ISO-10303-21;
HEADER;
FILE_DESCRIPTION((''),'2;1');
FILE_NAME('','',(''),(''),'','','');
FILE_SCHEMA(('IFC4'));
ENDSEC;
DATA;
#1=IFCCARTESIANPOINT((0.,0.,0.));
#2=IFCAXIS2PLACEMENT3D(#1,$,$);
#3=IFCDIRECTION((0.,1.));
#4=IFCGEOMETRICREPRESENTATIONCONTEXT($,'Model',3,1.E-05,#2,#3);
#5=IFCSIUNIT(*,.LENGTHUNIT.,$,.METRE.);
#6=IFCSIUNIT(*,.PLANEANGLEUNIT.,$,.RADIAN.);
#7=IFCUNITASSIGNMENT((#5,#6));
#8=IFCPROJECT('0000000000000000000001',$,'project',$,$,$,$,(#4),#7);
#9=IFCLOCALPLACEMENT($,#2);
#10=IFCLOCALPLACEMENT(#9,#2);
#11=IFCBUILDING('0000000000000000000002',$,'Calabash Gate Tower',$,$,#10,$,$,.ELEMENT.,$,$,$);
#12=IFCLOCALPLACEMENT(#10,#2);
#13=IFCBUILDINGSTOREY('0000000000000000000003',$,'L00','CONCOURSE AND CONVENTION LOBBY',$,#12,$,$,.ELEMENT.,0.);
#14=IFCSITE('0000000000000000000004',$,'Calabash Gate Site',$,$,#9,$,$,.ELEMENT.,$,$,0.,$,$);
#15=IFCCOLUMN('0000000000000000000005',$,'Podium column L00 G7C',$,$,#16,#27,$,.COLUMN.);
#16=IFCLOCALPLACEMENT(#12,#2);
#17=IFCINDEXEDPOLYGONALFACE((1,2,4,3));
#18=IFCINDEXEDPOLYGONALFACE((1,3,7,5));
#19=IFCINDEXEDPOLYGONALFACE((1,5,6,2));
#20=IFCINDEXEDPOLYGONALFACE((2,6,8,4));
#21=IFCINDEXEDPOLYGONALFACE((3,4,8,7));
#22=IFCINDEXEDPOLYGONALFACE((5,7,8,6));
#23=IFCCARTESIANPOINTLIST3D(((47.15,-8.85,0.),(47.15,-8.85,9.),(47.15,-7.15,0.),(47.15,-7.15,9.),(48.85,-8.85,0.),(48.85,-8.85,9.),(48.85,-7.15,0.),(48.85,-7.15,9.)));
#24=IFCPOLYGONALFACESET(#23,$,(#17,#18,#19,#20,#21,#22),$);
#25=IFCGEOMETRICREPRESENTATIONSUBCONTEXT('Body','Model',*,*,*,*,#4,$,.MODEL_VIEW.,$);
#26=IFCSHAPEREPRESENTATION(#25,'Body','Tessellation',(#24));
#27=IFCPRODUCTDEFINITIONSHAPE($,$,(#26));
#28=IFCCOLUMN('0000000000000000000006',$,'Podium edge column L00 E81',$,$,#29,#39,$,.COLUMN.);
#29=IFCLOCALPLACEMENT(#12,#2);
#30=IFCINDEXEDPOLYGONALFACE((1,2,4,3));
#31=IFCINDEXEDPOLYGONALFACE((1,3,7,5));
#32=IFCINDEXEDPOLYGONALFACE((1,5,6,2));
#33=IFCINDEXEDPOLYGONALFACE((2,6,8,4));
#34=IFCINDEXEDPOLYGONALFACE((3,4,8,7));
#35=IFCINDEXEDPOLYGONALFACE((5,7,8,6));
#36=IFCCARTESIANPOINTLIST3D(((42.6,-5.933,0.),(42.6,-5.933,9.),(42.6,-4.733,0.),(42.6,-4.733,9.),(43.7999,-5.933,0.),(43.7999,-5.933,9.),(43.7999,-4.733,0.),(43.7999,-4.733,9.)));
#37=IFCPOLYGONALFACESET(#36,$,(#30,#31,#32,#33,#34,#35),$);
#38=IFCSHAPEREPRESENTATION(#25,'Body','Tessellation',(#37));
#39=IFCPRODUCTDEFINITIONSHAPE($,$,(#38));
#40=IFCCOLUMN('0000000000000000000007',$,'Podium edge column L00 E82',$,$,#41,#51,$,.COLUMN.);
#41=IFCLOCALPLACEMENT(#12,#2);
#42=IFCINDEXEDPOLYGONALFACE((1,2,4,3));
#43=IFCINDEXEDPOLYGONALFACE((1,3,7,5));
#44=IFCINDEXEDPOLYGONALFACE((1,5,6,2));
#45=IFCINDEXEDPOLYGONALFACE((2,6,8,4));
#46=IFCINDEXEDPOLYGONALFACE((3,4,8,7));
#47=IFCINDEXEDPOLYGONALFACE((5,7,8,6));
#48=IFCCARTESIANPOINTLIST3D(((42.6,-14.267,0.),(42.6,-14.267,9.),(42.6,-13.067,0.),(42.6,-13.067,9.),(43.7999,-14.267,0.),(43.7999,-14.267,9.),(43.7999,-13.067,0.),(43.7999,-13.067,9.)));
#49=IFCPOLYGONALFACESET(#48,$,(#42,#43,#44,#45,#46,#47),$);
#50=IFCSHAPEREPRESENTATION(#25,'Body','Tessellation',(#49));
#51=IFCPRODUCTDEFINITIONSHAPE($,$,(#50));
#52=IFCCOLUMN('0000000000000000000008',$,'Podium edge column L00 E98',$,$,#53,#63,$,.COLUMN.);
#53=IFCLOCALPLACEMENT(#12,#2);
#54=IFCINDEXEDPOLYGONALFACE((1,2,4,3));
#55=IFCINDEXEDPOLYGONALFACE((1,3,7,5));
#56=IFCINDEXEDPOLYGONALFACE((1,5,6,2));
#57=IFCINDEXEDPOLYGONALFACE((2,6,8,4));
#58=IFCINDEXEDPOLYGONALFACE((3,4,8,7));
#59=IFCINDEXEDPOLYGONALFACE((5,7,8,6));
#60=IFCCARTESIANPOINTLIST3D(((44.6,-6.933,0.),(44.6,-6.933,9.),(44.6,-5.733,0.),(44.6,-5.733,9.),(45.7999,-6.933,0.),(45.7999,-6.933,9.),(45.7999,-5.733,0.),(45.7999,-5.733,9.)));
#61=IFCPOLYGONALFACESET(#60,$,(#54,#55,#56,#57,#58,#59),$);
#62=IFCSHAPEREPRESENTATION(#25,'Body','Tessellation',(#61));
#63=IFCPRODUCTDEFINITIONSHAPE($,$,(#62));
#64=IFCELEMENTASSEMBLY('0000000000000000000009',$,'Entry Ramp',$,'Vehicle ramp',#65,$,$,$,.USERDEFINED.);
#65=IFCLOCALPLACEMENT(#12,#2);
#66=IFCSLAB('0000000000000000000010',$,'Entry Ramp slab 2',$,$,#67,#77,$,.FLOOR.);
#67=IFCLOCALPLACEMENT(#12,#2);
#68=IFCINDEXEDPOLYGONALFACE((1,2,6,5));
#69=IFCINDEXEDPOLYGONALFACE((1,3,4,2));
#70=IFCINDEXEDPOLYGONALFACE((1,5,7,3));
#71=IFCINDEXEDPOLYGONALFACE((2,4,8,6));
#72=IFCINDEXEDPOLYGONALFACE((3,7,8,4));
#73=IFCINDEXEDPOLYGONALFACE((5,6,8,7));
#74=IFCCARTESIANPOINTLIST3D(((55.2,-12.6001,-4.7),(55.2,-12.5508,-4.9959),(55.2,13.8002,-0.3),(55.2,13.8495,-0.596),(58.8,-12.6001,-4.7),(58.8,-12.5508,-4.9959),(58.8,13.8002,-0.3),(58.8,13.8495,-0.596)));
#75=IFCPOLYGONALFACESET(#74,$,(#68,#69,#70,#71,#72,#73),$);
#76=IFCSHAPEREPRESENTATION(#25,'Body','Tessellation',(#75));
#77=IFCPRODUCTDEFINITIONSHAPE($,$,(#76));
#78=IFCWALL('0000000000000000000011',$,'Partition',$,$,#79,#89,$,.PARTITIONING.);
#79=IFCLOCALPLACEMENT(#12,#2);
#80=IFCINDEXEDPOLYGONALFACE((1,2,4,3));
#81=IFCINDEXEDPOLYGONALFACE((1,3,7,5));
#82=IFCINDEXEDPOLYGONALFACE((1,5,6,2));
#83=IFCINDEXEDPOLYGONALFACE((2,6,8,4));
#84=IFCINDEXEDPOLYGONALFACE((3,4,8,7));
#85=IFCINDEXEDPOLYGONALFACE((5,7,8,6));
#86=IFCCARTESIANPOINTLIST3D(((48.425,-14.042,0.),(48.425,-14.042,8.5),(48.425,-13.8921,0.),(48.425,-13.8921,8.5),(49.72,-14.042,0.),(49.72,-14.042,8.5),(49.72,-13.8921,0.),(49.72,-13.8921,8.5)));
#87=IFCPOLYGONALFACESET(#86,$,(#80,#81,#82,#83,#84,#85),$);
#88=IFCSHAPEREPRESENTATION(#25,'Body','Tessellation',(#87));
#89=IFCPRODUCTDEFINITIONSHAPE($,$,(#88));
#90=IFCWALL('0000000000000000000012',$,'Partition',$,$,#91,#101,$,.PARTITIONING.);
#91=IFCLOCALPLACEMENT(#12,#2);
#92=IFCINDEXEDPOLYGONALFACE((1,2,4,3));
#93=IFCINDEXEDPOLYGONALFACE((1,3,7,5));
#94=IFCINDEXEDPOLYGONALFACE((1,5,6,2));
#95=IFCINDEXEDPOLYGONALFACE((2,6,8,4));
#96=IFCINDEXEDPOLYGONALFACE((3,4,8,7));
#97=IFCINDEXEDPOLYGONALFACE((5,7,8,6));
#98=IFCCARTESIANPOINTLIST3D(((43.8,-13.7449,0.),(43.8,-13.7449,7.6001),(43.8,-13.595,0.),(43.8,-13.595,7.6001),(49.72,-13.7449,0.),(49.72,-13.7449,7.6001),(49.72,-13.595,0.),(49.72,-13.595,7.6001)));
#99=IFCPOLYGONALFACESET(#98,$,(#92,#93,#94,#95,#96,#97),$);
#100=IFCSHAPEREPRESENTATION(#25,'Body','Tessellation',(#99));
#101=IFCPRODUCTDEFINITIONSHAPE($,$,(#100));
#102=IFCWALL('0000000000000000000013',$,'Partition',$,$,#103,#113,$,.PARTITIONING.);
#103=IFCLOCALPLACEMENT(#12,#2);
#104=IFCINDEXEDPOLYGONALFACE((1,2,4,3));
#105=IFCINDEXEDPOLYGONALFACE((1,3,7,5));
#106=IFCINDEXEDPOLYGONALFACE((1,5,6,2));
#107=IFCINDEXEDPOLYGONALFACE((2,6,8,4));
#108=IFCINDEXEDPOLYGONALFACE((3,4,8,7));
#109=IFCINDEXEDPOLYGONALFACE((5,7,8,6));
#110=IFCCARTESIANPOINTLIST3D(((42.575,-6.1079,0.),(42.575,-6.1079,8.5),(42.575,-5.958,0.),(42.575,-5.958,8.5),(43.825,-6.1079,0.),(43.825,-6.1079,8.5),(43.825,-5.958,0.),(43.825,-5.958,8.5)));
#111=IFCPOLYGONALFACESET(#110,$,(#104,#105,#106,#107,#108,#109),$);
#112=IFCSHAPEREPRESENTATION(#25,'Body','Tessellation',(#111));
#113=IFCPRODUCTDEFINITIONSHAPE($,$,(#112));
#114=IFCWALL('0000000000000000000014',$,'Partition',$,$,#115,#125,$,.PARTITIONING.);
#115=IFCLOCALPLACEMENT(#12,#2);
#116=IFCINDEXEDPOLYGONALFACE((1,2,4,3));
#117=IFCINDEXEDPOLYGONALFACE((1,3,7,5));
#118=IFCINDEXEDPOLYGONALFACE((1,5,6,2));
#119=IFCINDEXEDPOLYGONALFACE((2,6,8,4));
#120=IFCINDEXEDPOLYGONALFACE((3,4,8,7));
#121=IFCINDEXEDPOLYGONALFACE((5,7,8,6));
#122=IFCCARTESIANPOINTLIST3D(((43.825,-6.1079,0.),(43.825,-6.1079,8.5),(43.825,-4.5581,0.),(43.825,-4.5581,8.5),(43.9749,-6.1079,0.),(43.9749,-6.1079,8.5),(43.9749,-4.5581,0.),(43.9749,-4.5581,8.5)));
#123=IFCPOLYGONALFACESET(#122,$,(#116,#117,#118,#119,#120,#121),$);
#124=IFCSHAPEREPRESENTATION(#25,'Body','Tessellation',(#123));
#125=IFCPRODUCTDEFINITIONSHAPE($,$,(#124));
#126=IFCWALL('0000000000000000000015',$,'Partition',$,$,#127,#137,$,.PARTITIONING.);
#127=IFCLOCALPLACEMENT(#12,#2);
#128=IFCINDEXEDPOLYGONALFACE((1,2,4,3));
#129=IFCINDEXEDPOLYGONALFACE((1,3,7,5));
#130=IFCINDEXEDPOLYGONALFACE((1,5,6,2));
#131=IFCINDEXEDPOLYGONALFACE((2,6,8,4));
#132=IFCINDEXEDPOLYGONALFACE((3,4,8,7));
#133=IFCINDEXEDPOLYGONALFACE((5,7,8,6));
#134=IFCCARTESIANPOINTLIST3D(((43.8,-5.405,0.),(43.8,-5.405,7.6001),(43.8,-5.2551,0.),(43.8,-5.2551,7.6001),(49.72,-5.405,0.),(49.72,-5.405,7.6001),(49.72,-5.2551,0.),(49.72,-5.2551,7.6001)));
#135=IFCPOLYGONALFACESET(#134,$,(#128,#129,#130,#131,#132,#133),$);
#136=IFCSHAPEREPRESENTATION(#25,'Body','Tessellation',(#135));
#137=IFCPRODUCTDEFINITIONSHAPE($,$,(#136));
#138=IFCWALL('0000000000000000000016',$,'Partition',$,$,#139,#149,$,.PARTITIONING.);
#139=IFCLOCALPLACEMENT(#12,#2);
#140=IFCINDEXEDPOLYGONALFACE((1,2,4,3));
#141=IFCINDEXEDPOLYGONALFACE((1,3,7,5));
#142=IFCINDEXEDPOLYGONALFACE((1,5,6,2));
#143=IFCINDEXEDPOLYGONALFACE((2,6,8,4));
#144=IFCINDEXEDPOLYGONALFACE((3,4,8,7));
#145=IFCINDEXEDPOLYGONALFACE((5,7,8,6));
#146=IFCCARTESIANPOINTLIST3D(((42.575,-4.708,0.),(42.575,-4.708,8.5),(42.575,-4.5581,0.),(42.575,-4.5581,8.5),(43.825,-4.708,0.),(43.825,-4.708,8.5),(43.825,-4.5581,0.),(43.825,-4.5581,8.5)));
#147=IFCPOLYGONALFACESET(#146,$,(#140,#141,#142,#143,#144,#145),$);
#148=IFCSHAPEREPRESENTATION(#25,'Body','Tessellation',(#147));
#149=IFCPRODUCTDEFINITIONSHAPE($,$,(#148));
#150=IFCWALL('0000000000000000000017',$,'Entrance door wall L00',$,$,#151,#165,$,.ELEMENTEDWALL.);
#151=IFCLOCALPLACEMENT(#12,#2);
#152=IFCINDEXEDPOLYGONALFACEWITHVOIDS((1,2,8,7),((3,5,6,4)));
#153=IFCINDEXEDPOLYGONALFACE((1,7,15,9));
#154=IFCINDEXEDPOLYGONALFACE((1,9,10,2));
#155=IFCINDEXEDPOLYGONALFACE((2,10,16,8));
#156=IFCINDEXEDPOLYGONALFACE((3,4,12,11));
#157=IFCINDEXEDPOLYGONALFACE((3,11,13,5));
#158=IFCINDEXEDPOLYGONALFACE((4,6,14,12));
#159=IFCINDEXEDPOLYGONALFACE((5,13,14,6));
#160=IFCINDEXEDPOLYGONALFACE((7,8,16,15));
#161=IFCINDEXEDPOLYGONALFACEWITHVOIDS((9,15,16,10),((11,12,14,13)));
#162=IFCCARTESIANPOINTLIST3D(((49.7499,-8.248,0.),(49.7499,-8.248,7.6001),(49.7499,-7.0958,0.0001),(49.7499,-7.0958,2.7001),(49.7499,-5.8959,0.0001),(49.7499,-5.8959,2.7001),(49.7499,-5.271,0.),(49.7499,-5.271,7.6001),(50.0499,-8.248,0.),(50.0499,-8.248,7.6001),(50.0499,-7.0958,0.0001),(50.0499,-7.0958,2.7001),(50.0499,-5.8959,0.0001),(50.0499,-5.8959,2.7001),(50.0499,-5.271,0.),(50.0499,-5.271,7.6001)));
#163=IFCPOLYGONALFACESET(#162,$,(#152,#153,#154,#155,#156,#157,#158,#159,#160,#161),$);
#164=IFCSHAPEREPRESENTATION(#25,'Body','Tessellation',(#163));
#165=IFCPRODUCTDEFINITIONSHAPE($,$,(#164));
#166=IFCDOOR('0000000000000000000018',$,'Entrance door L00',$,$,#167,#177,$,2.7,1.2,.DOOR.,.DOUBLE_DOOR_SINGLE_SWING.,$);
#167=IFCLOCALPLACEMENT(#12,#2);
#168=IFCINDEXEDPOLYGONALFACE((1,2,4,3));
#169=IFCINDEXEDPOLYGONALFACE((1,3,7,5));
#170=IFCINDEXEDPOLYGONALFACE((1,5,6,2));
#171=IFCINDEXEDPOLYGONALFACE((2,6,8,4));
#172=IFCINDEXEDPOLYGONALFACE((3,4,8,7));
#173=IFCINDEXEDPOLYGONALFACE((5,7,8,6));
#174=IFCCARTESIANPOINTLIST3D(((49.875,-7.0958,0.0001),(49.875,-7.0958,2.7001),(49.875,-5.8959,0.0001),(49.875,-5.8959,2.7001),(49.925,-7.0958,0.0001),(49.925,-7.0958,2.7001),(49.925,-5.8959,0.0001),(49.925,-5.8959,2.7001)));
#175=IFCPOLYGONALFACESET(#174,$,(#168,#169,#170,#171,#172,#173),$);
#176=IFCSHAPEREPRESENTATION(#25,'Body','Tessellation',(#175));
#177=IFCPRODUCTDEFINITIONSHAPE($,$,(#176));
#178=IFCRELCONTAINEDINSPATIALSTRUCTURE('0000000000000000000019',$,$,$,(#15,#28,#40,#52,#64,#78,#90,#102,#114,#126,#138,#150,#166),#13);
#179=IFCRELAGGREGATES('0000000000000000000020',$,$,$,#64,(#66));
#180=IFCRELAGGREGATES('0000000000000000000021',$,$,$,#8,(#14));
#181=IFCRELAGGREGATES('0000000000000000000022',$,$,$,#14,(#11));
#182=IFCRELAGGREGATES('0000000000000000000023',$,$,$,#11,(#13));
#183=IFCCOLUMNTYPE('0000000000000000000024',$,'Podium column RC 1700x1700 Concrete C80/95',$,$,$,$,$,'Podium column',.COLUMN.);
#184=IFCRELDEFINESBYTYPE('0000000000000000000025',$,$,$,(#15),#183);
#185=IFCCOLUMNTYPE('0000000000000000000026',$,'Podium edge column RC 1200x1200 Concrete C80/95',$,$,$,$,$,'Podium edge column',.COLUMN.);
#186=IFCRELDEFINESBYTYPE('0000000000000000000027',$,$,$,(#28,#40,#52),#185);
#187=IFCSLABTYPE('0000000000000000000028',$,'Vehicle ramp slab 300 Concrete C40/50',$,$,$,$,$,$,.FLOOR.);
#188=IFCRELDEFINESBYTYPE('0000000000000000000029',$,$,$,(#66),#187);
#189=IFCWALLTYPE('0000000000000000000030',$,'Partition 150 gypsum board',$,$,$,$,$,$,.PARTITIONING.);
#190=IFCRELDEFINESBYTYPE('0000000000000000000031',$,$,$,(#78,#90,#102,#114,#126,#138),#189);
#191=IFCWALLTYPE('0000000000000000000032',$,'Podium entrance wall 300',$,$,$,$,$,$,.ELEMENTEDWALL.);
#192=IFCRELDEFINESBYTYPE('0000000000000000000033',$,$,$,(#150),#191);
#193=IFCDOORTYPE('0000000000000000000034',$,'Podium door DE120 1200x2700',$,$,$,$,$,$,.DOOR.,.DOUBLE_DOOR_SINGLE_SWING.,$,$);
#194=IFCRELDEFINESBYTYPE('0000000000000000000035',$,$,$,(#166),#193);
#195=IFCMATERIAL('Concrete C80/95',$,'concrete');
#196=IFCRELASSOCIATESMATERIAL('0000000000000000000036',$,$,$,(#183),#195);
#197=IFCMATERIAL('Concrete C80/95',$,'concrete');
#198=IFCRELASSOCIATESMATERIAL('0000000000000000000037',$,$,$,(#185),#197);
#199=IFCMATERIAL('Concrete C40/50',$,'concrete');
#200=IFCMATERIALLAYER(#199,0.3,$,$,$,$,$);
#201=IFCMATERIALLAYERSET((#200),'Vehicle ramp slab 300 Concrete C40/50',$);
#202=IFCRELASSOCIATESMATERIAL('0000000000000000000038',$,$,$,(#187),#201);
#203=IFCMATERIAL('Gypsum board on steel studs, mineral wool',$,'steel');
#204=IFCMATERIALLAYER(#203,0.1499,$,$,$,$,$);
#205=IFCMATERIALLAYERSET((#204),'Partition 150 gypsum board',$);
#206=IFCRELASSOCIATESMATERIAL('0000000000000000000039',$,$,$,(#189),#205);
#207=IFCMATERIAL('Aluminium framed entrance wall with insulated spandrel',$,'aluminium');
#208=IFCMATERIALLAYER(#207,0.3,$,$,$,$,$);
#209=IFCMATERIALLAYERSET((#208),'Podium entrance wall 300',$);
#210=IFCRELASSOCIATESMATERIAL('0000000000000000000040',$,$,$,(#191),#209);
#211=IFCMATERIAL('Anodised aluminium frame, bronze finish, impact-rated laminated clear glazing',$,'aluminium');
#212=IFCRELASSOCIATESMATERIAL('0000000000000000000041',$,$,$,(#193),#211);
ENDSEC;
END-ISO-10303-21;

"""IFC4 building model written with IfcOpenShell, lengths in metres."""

from ifc_helpers import new_model, si_unit, direction, frame, frame_2d, origin, origin_2d, place, context, subcontext, project, spatial, polyline, rectangle, outline, extrude, material, layer, layer_set, material_profile, profile_set, type_object, element, fill, aggregate, save


model = new_model("IFC4")

# Units and contexts
model_context = context("Model", 3, precision=1e-05, world=origin(), true_north=direction((0.0, 1.0)))
body_context = subcontext(model_context, "Body", "Model", "MODEL_VIEW")
ifc_project = project(units=[si_unit("LENGTHUNIT", "METRE"), si_unit("PLANEANGLEUNIT", "RADIAN")], contexts=[model_context])

# Site, building, storey
site_placement = place(None, origin())
site = spatial("IfcSite", under=ifc_project, at=site_placement, Name="Calabash Gate Site", CompositionType="ELEMENT", RefElevation=0.0)
building_placement = place(site_placement, origin())
building = spatial("IfcBuilding", under=site, at=building_placement, Name="Calabash Gate Tower", CompositionType="ELEMENT")
storey_placement = place(building_placement, origin())
storey = spatial("IfcBuildingStorey", under=building, at=storey_placement, Name="L00", Description="CONCOURSE AND CONVENTION LOBBY", CompositionType="ELEMENT", Elevation=0.0)

# Columns
ifc_material_1 = material(Name="Concrete C80/95", Category="concrete")
ifc_material_profile_1 = material_profile(ifc_material_1, rectangle(XDim=1.7, YDim=1.7, at=origin_2d()))
ifc_profile_set_1 = profile_set([ifc_material_profile_1], Name="Concrete C80/95")
column_type_1 = type_object("IfcColumnType", Name="Podium column RC 1700x1700 Concrete C80/95", ElementType="Podium column", PredefinedType="COLUMN", material=ifc_profile_set_1)
column_placement = place(storey_placement, frame((48.0, -8.0, 0.0), z_axis=(0.0, 0.0, 1.0), x_axis=(1.0, 0.0, 0.0)))
element("IfcColumn", 1, at=column_placement, inside=storey, type_object=column_type_1, Name="Podium column L00 G7C", PredefinedType="COLUMN", context=body_context, shape_type="SweptSolid", body=[
    extrude(rectangle(XDim=1.7, YDim=1.7, at=origin_2d()), origin(), (0.0, 0.0, 1.0), 9.0),
])
ifc_material_2 = material(Name="Concrete C80/95", Category="concrete")
ifc_material_profile_2 = material_profile(ifc_material_2, rectangle(XDim=1.2, YDim=1.2, at=origin_2d()))
ifc_profile_set_2 = profile_set([ifc_material_profile_2], Name="Concrete C80/95")
column_type_2 = type_object("IfcColumnType", Name="Podium edge column RC 1200x1200 Concrete C80/95", ElementType="Podium edge column", PredefinedType="COLUMN", material=ifc_profile_set_2)
for number, where, z_axis, x_axis, name in (
    (2, (43.2, -5.333, 0.0), (0.0, 0.0, 1.0), (1.0, 0.0, 0.0), "Podium edge column L00 E81"),
    (3, (43.2, -13.667, 0.0), (0.0, 0.0, 1.0), (1.0, 0.0, 0.0), "Podium edge column L00 E82"),
    (4, (45.2, -6.333, 0.0), (0.0, 0.0, 1.0), (1.0, 0.0, 0.0), "Podium edge column L00 E98"),
):
    element("IfcColumn", number, at=place(storey_placement, frame(where, z_axis=z_axis, x_axis=x_axis)), inside=storey, type_object=column_type_2, Name=name, PredefinedType="COLUMN", context=body_context, shape_type="SweptSolid", body=[
        extrude(rectangle(XDim=1.2, YDim=1.2, at=origin_2d()), origin(), (0.0, 0.0, 1.0), 9.0),
    ])

# Element assembly, slab
assembly_placement = place(storey_placement, origin())
assembly = element("IfcElementAssembly", 5, at=assembly_placement, inside=storey, Name="Entry Ramp", ObjectType="Vehicle ramp", PredefinedType="USERDEFINED")
ifc_material_3 = material(Name="Concrete C40/50", Category="concrete")
ifc_layer_1 = layer(ifc_material_3, 0.3)
ifc_layer_set_1 = layer_set([ifc_layer_1], Name="Vehicle ramp slab 300 Concrete C40/50")
slab_type = type_object("IfcSlabType", Name="Vehicle ramp slab 300 Concrete C40/50", PredefinedType="FLOOR", material=ifc_layer_set_1)
slab_placement = place(storey_placement, frame((55.2, -12.6001, -4.7), z_axis=(0.0, -0.164395, 0.986395), x_axis=(1.0, 0.0, 0.0)))
slab = element("IfcSlab", 6, at=slab_placement, type_object=slab_type, Name="Entry Ramp slab 2", PredefinedType="FLOOR", context=body_context, shape_type="SweptSolid", body=[
    extrude(outline(polyline([(0.0, 0.0), (3.6001, 0.0), (3.6001, 26.7644), (0.0, 26.7644), (0.0, 0.0)])), origin(), (0.0, 0.0, -1.0), 0.3),
])

# Walls
ifc_material_4 = material(Name="Gypsum board on steel studs, mineral wool", Category="steel")
ifc_layer_2 = layer(ifc_material_4, 0.1499)
ifc_layer_set_2 = layer_set([ifc_layer_2], Name="Partition 150 gypsum board")
wall_type_1 = type_object("IfcWallType", Name="Partition 150 gypsum board", PredefinedType="PARTITIONING", material=ifc_layer_set_2)
wall_1_placement = place(storey_placement, frame((48.425, -13.967, 0.0), z_axis=(0.0, 0.0, 1.0), x_axis=(1.0, 0.0, 0.0)))
element("IfcWall", 7, at=wall_1_placement, inside=storey, type_object=wall_type_1, Name="Partition", PredefinedType="PARTITIONING", context=body_context, shape_type="SweptSolid", body=[
    extrude(rectangle(XDim=1.2949, YDim=0.1499, at=frame_2d((0.6475, 0.0))), origin(), (0.0, 0.0, 1.0), 8.5),
])
wall_2_placement = place(storey_placement, frame((43.8, -13.6699, 0.0), z_axis=(0.0, 0.0, 1.0), x_axis=(1.0, 0.0, 0.0)))
element("IfcWall", 8, at=wall_2_placement, inside=storey, type_object=wall_type_1, Name="Partition", PredefinedType="PARTITIONING", context=body_context, shape_type="SweptSolid", body=[
    extrude(rectangle(XDim=5.9199, YDim=0.1499, at=frame_2d((2.96, 0.0))), origin(), (0.0, 0.0, 1.0), 7.6001),
])
wall_3_placement = place(storey_placement, frame((42.575, -6.033, 0.0), z_axis=(0.0, 0.0, 1.0), x_axis=(1.0, 0.0, 0.0)))
element("IfcWall", 9, at=wall_3_placement, inside=storey, type_object=wall_type_1, Name="Partition", PredefinedType="PARTITIONING", context=body_context, shape_type="SweptSolid", body=[
    extrude(rectangle(XDim=1.25, YDim=0.1499, at=frame_2d((0.625, 0.0))), origin(), (0.0, 0.0, 1.0), 8.5),
])
wall_4_placement = place(storey_placement, frame((43.8999, -6.1079, 0.0), z_axis=(0.0, 0.0, 1.0), x_axis=(0.0, 1.0, 0.0)))
element("IfcWall", 10, at=wall_4_placement, inside=storey, type_object=wall_type_1, Name="Partition", PredefinedType="PARTITIONING", context=body_context, shape_type="SweptSolid", body=[
    extrude(rectangle(XDim=1.5498, YDim=0.1499, at=frame_2d((0.7749, 0.0))), origin(), (0.0, 0.0, 1.0), 8.5),
])
wall_5_placement = place(storey_placement, frame((43.8, -5.3301, 0.0), z_axis=(0.0, 0.0, 1.0), x_axis=(1.0, 0.0, 0.0)))
element("IfcWall", 11, at=wall_5_placement, inside=storey, type_object=wall_type_1, Name="Partition", PredefinedType="PARTITIONING", context=body_context, shape_type="SweptSolid", body=[
    extrude(rectangle(XDim=5.9199, YDim=0.1499, at=frame_2d((2.96, 0.0))), origin(), (0.0, 0.0, 1.0), 7.6001),
])
wall_6_placement = place(storey_placement, frame((42.575, -4.6331, 0.0), z_axis=(0.0, 0.0, 1.0), x_axis=(1.0, 0.0, 0.0)))
element("IfcWall", 12, at=wall_6_placement, inside=storey, type_object=wall_type_1, Name="Partition", PredefinedType="PARTITIONING", context=body_context, shape_type="SweptSolid", body=[
    extrude(rectangle(XDim=1.25, YDim=0.1499, at=frame_2d((0.625, 0.0))), origin(), (0.0, 0.0, 1.0), 8.5),
])

# Wall, opening, door
ifc_material_5 = material(Name="Aluminium framed entrance wall with insulated spandrel", Category="aluminium")
ifc_layer_3 = layer(ifc_material_5, 0.3)
ifc_layer_set_3 = layer_set([ifc_layer_3], Name="Podium entrance wall 300")
wall_type_2 = type_object("IfcWallType", Name="Podium entrance wall 300", PredefinedType="ELEMENTEDWALL", material=ifc_layer_set_3)
wall_7_placement = place(storey_placement, frame((49.8999, -8.248, 0.0), z_axis=(0.0, 0.0, 1.0), x_axis=(0.0, 1.0, 0.0)))
wall_7 = element("IfcWall", 13, at=wall_7_placement, inside=storey, type_object=wall_type_2, Name="Entrance door wall L00", PredefinedType="ELEMENTEDWALL", context=body_context, shape_type="SweptSolid", body=[
    extrude(rectangle(XDim=2.9771, YDim=0.3, at=frame_2d((1.4885, 0.0))), origin(), (0.0, 0.0, 1.0), 7.6001),
])
opening_1_placement = place(wall_7_placement, frame((1.1521, 0.0, 0.0)))
opening_1 = element("IfcOpeningElement", 14, at=opening_1_placement, cuts=wall_7, PredefinedType="OPENING", context=body_context, shape_type="SweptSolid", body=[
    extrude(rectangle(XDim=1.2, YDim=2.7, at=frame_2d((0.6001, 1.3501))), frame((0.0, 0.1599, 0.0), z_axis=(0.0, -1.0, 0.0), x_axis=(1.0, 0.0, 0.0)), (0.0, 0.0, 1.0), 0.3201),
])
ifc_material_6 = material(Name="Anodised aluminium frame, bronze finish, impact-rated laminated clear glazing", Category="aluminium")
door_type_1 = type_object("IfcDoorType", Name="Podium door DE120 1200x2700", OperationType="DOUBLE_DOOR_SINGLE_SWING", PredefinedType="DOOR", material=ifc_material_6)
door_1_placement = place(opening_1_placement, origin())
door_1 = element("IfcDoor", 15, at=door_1_placement, inside=storey, type_object=door_type_1, Name="Entrance door L00", OperationType="DOUBLE_DOOR_SINGLE_SWING", OverallHeight=2.7, OverallWidth=1.2, PredefinedType="DOOR", context=body_context, shape_type="SweptSolid", body=[
    extrude(rectangle(XDim=1.2, YDim=2.7, at=frame_2d((0.6001, 1.3501))), frame((0.0, 0.0249, 0.0), z_axis=(0.0, -1.0, 0.0), x_axis=(1.0, 0.0, 0.0)), (0.0, 0.0, 1.0), 0.05),
])
fill(opening_1, door_1)

aggregate(assembly, [slab])

save(model, "model.ifc")
